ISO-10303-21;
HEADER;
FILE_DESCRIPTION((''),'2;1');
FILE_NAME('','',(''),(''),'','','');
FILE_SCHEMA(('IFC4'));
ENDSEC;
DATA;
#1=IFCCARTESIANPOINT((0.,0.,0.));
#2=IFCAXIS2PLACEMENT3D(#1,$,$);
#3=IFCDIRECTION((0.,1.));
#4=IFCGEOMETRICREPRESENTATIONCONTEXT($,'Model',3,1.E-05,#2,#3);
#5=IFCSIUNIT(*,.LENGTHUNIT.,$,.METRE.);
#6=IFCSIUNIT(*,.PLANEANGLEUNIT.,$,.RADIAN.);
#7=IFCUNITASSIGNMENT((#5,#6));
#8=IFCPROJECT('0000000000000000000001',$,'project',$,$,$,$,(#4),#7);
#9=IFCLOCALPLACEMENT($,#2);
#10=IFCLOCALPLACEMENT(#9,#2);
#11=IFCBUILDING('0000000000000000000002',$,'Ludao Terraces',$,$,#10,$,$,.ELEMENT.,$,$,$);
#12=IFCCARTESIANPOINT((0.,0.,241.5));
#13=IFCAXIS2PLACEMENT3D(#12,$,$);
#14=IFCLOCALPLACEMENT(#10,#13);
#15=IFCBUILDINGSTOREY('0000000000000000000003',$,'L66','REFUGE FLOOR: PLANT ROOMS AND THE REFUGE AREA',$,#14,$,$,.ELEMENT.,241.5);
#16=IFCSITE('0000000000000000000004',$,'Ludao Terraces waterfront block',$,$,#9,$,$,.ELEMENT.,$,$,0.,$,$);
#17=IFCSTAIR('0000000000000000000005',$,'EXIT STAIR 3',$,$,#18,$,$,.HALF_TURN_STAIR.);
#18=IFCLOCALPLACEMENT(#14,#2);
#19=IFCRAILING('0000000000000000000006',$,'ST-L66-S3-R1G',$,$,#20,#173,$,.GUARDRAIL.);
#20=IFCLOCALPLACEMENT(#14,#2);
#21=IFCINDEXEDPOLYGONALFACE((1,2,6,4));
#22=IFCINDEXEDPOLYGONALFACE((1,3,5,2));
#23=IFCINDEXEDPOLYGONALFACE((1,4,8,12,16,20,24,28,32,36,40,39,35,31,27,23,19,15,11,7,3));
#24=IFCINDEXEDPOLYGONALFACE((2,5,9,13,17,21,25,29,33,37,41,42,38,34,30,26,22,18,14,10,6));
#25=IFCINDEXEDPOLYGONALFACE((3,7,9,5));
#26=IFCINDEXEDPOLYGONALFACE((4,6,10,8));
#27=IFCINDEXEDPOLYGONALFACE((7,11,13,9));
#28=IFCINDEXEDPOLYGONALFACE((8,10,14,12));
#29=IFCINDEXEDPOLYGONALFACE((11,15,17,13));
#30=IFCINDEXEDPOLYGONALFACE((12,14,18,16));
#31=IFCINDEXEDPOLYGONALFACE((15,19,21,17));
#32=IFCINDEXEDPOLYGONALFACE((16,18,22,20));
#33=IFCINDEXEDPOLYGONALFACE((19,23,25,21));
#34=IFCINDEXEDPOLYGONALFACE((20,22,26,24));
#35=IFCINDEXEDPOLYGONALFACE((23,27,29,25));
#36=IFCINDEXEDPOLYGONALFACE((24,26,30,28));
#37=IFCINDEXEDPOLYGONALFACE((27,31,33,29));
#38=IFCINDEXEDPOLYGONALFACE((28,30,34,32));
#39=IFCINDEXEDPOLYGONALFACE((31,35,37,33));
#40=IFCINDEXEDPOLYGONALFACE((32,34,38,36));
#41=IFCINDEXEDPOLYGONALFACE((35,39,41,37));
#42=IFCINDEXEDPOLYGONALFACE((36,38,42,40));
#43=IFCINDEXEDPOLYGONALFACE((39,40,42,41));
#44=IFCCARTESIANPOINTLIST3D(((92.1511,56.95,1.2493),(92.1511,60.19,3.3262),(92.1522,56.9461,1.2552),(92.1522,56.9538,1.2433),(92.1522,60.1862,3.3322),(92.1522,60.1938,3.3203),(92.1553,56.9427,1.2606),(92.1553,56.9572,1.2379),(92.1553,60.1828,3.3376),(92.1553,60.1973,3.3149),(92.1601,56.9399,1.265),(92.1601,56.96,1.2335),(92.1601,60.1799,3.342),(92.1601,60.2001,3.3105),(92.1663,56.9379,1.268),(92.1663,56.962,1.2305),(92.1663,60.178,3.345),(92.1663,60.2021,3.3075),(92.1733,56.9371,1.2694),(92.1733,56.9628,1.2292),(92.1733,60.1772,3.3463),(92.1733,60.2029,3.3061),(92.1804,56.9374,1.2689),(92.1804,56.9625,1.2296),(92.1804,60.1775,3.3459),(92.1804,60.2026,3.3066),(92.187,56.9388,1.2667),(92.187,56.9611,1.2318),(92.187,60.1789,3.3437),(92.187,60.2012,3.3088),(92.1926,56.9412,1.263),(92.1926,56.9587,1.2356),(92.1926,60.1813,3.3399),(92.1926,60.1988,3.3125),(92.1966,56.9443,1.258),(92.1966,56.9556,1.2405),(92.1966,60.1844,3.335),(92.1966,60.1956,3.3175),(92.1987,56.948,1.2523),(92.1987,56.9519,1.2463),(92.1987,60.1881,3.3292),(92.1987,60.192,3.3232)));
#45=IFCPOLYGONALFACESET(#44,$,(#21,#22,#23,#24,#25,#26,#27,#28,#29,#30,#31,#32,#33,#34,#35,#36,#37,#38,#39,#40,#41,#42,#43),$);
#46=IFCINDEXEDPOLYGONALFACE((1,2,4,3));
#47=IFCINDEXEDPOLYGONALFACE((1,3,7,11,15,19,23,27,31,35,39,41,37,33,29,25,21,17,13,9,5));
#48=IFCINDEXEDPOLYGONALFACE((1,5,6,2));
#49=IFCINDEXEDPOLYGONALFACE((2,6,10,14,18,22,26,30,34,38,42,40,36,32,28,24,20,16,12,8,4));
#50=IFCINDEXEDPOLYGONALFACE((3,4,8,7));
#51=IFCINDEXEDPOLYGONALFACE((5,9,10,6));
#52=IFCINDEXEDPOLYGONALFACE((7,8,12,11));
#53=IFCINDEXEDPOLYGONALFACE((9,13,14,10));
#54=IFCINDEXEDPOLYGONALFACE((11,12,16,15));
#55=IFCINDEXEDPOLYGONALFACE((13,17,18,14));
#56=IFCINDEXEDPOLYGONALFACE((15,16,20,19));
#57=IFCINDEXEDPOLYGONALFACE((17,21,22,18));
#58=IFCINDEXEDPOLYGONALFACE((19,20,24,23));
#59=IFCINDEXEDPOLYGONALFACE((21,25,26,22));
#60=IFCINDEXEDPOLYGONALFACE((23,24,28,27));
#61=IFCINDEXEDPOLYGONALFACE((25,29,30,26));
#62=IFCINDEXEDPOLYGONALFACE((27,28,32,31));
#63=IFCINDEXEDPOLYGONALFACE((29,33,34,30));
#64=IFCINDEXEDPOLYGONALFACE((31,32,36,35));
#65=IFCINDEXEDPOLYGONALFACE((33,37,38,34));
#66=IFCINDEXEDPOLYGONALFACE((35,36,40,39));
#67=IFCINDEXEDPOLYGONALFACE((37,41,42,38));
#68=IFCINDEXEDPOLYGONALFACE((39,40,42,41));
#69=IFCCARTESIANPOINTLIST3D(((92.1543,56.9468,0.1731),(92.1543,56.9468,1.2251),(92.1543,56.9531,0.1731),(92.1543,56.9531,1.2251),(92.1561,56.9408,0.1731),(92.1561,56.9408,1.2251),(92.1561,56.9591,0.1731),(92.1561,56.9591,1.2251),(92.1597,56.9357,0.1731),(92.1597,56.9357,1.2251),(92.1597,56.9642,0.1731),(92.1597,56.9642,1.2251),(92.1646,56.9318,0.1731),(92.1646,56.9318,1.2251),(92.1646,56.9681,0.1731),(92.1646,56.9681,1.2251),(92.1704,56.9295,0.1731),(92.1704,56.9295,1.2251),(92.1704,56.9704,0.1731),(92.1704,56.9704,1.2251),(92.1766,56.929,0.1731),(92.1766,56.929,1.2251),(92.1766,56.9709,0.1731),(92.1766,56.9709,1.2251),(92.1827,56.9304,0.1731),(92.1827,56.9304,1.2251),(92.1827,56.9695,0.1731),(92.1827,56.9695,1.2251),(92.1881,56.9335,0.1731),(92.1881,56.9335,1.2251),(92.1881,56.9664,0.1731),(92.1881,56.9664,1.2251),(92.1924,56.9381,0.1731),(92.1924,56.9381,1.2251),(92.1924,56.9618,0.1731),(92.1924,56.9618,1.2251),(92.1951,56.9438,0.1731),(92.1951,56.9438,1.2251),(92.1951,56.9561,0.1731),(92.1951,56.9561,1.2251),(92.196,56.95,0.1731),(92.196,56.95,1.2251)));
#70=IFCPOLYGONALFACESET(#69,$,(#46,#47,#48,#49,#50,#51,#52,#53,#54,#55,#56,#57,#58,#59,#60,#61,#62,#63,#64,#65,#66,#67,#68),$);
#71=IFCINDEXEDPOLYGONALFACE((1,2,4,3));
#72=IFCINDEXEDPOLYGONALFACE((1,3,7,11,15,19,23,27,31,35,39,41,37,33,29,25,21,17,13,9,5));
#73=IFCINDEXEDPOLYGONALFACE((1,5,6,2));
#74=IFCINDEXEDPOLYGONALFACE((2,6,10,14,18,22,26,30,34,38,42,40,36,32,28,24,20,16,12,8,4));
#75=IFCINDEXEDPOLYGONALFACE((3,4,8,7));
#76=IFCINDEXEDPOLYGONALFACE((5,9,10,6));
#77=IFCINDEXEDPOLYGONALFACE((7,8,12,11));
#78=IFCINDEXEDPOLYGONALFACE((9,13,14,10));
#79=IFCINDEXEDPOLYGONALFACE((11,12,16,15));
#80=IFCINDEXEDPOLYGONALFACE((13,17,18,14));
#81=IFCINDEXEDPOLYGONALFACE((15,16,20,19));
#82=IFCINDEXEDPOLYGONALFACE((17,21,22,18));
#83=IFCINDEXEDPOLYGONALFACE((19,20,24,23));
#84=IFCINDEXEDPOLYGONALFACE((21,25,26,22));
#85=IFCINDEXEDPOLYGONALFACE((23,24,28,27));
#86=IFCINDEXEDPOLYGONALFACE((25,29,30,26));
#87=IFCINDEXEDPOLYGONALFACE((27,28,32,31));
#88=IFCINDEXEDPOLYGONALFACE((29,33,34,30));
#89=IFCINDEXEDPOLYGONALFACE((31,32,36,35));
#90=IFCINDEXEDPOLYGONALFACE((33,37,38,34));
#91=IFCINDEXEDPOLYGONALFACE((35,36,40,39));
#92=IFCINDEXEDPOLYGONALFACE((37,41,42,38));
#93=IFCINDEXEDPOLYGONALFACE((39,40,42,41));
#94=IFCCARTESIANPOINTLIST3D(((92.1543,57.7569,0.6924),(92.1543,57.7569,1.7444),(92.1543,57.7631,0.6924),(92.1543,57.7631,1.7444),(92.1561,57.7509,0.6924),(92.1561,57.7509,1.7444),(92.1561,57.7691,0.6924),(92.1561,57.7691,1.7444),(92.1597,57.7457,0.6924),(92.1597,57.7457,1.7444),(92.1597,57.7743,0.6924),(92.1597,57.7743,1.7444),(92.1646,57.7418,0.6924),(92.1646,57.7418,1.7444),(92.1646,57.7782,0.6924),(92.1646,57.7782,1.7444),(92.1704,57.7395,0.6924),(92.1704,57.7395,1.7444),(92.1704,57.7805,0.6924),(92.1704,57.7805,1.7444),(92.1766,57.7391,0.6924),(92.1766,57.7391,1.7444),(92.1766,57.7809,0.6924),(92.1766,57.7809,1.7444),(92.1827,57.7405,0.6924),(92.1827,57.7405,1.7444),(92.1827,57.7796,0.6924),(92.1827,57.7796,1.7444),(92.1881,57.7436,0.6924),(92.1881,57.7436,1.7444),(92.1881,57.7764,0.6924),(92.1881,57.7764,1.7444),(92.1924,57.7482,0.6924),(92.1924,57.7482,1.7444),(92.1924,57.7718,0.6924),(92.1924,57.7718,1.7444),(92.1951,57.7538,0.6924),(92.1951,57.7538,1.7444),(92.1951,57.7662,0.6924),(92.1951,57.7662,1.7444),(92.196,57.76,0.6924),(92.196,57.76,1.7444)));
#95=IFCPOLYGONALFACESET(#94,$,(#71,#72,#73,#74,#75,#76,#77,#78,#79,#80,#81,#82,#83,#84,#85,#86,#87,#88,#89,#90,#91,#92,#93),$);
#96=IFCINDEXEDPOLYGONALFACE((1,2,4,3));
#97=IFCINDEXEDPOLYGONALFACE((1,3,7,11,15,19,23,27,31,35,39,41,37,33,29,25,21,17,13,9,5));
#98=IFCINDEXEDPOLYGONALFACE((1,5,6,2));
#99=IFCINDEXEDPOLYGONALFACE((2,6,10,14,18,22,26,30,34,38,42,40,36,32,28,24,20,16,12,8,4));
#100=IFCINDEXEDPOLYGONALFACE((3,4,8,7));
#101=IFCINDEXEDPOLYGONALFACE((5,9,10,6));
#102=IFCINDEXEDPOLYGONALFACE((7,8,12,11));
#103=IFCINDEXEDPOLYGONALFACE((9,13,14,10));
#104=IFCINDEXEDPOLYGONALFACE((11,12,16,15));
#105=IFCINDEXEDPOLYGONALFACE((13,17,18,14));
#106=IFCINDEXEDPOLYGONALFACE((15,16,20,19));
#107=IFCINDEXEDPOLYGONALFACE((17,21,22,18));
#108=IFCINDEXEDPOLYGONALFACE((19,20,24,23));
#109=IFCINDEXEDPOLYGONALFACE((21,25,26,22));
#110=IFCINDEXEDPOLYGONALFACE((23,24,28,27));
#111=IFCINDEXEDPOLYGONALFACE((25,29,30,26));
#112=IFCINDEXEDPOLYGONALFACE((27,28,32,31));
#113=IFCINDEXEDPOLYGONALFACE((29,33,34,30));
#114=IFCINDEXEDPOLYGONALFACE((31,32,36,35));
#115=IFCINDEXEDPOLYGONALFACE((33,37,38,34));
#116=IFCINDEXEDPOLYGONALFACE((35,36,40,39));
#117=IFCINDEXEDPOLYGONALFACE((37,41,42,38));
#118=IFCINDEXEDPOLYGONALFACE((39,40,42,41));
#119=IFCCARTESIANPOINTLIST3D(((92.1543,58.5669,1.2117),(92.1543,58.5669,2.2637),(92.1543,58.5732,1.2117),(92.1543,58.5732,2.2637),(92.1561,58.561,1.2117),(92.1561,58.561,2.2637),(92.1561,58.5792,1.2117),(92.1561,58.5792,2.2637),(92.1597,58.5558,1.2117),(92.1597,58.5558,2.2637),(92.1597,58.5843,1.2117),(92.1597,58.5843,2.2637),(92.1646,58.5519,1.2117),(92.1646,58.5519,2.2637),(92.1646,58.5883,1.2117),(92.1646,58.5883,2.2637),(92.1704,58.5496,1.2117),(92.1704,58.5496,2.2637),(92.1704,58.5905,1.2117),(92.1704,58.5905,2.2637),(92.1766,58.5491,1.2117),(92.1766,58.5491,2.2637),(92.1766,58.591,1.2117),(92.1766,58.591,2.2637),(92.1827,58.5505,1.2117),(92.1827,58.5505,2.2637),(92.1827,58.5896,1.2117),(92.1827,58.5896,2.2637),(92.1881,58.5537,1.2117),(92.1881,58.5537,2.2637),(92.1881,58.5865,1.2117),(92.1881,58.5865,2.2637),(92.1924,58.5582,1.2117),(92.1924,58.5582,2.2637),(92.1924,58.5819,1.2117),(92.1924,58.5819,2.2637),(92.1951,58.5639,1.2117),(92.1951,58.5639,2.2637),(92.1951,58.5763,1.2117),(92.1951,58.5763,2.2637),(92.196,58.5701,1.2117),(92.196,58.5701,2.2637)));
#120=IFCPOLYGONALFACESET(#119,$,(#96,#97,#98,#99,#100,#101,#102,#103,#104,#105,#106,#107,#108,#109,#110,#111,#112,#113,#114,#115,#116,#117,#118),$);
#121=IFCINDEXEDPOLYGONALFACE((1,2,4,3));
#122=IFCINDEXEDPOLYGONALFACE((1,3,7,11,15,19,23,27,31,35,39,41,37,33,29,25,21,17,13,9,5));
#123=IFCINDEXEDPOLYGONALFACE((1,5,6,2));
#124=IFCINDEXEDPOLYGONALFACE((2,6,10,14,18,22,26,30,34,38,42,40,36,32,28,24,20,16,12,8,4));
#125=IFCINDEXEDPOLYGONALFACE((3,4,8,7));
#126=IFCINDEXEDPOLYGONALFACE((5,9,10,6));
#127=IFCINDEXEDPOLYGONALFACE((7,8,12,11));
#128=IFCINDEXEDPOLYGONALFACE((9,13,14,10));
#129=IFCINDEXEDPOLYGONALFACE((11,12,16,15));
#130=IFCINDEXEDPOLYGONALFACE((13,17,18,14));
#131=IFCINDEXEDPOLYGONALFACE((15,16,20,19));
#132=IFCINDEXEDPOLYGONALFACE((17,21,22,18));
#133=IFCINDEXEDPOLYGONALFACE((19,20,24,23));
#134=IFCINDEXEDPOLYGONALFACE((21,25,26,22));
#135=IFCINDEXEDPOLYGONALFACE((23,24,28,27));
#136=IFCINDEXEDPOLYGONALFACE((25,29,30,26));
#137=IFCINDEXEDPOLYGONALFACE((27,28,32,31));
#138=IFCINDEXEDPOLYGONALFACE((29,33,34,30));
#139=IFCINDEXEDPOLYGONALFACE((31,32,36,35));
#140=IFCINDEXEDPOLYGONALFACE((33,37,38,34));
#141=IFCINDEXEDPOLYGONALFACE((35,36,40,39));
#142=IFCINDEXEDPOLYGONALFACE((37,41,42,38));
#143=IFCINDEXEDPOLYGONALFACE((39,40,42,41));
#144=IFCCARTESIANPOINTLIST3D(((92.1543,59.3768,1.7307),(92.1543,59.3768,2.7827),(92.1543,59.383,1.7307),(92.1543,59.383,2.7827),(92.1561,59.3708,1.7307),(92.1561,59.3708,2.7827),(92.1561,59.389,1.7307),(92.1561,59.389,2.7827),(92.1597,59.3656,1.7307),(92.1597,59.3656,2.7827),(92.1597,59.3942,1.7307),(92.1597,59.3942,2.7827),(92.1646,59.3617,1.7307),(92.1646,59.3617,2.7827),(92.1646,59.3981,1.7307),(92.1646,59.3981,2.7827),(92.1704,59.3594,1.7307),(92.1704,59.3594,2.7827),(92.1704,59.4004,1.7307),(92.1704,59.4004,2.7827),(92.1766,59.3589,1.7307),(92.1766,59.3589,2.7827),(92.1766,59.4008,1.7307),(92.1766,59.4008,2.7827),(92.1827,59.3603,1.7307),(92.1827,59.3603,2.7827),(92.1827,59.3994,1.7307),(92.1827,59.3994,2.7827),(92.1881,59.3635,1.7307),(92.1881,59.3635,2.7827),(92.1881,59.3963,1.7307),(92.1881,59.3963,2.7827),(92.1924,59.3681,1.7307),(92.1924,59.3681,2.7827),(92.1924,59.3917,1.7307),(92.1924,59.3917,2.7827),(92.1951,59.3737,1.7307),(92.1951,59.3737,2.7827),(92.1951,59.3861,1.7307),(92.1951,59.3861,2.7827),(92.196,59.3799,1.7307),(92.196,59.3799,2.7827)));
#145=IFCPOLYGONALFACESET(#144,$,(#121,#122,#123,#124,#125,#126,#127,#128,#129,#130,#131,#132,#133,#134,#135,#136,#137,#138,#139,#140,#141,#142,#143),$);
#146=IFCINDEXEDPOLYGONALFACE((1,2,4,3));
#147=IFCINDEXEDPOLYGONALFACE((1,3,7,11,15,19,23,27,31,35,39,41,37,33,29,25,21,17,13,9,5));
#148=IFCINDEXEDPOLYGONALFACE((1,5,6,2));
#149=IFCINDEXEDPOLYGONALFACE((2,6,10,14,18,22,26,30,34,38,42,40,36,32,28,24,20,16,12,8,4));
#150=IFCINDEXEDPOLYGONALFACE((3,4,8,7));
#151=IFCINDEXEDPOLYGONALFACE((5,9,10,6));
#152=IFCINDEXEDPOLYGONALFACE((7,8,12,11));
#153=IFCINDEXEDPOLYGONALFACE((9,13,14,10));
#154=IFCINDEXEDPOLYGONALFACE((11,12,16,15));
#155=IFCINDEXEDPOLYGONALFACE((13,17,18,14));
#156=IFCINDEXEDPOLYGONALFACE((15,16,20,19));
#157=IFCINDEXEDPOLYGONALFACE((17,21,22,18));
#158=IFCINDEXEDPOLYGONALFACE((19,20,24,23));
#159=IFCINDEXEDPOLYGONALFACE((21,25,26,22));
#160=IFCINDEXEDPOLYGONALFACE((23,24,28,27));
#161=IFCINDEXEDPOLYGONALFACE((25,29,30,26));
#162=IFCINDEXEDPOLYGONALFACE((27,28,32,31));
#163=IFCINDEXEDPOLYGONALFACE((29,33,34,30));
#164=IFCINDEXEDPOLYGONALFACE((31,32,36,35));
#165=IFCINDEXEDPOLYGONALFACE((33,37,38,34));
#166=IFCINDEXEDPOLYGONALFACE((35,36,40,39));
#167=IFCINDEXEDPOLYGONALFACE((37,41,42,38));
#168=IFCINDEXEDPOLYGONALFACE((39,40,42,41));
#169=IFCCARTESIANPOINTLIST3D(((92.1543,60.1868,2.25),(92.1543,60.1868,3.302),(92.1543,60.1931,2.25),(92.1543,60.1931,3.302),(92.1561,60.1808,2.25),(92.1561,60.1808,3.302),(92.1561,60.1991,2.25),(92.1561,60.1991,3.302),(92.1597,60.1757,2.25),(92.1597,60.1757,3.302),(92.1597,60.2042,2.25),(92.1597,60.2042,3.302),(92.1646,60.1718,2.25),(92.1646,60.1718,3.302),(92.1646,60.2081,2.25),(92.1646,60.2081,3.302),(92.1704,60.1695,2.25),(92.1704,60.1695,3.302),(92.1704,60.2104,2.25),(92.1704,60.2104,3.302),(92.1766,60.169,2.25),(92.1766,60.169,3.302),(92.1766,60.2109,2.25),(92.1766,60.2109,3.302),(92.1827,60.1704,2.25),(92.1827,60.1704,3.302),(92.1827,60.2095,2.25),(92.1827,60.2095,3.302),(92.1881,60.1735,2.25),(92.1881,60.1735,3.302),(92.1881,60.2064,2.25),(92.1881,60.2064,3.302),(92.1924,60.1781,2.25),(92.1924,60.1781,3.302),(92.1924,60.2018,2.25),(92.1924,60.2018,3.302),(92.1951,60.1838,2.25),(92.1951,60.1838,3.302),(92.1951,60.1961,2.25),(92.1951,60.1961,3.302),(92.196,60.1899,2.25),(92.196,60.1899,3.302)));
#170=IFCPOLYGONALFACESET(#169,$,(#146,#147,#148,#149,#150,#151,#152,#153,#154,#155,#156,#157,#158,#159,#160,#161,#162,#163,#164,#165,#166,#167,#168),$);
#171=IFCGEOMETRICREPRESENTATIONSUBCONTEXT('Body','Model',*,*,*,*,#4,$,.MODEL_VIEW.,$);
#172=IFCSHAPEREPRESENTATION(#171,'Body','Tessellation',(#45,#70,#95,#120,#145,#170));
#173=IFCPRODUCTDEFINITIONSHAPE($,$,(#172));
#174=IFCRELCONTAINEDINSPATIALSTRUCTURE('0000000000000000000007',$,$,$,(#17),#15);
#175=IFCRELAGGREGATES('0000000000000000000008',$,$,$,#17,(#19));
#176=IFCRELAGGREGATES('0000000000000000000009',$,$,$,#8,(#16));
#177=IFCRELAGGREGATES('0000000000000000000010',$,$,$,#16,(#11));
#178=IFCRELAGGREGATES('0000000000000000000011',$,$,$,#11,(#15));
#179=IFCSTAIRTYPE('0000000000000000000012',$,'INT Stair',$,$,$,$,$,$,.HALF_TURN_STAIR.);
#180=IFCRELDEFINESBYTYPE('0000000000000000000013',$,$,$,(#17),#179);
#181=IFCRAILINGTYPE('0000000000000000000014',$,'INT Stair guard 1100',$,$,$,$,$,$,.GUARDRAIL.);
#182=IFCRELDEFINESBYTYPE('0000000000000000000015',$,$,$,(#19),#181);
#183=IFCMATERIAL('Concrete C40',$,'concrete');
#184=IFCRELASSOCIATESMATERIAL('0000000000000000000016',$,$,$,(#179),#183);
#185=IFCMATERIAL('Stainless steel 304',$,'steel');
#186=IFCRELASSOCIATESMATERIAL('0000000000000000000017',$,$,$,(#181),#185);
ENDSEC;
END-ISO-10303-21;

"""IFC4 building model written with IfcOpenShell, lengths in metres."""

from ifc_helpers import new_model, si_unit, direction, frame, origin, origin_2d, place, context, subcontext, project, spatial, circle, extrude, material, type_object, element, aggregate, save


model = new_model("IFC4")

# Units and contexts
model_context = context("Model", 3, precision=1e-05, world=origin(), true_north=direction((0.0, 1.0)))
body_context = subcontext(model_context, "Body", "Model", "MODEL_VIEW")
ifc_project = project(units=[si_unit("LENGTHUNIT", "METRE"), si_unit("PLANEANGLEUNIT", "RADIAN")], contexts=[model_context])

# Site, building, storey
site_placement = place(None, origin())
site = spatial("IfcSite", under=ifc_project, at=site_placement, Name="Ludao Terraces waterfront block", CompositionType="ELEMENT", RefElevation=0.0)
building_placement = place(site_placement, origin())
building = spatial("IfcBuilding", under=site, at=building_placement, Name="Ludao Terraces", CompositionType="ELEMENT")
storey_placement = place(building_placement, frame((0.0, 0.0, 241.5)))
storey = spatial("IfcBuildingStorey", under=building, at=storey_placement, Name="L66", Description="REFUGE FLOOR: PLANT ROOMS AND THE REFUGE AREA", CompositionType="ELEMENT", Elevation=241.5)

# Stair, railing
ifc_material_1 = material(Name="Concrete C40", Category="concrete")
stair_type = type_object("IfcStairType", Name="INT Stair", PredefinedType="HALF_TURN_STAIR", material=ifc_material_1)
stair_placement = place(storey_placement, origin())
stair = element("IfcStair", 1, at=stair_placement, inside=storey, type_object=stair_type, Name="EXIT STAIR 3", PredefinedType="HALF_TURN_STAIR")
ifc_material_2 = material(Name="Stainless steel 304", Category="steel")
railing_type_1 = type_object("IfcRailingType", Name="INT Stair guard 1100", PredefinedType="GUARDRAIL", material=ifc_material_2)
railing_1_placement = place(storey_placement, frame((92.175, 56.95, 0.1731)))
railing_1 = element("IfcRailing", 2, at=railing_1_placement, type_object=railing_type_1, Name="ST-L66-S3-R1G", PredefinedType="GUARDRAIL", context=body_context, shape_type="SweptSolid", body=[
    extrude(circle(Radius=0.0239, at=origin_2d()), frame((0.0, 0.0, 1.0762), z_axis=(0.0, 0.841881, 0.539664), x_axis=(-1.0, 0.0, 0.0)), (0.0, 0.0, 1.0), 3.8486),
    extrude(circle(Radius=0.021, at=origin_2d()), origin(), (0.0, 0.0, 1.0), 1.052),
    extrude(circle(Radius=0.021, at=origin_2d()), frame((0.0, 0.8101, 0.5193)), (0.0, 0.0, 1.0), 1.052),
    extrude(circle(Radius=0.021, at=origin_2d()), frame((0.0, 1.6201, 1.0386)), (0.0, 0.0, 1.0), 1.052),
    extrude(circle(Radius=0.021, at=origin_2d()), frame((0.0, 2.4299, 1.5576)), (0.0, 0.0, 1.0), 1.052),
    extrude(circle(Radius=0.021, at=origin_2d()), frame((0.0, 3.24, 2.0769)), (0.0, 0.0, 1.0), 1.052),
])
aggregate(stair, [railing_1])

save(model, "model.ifc")
